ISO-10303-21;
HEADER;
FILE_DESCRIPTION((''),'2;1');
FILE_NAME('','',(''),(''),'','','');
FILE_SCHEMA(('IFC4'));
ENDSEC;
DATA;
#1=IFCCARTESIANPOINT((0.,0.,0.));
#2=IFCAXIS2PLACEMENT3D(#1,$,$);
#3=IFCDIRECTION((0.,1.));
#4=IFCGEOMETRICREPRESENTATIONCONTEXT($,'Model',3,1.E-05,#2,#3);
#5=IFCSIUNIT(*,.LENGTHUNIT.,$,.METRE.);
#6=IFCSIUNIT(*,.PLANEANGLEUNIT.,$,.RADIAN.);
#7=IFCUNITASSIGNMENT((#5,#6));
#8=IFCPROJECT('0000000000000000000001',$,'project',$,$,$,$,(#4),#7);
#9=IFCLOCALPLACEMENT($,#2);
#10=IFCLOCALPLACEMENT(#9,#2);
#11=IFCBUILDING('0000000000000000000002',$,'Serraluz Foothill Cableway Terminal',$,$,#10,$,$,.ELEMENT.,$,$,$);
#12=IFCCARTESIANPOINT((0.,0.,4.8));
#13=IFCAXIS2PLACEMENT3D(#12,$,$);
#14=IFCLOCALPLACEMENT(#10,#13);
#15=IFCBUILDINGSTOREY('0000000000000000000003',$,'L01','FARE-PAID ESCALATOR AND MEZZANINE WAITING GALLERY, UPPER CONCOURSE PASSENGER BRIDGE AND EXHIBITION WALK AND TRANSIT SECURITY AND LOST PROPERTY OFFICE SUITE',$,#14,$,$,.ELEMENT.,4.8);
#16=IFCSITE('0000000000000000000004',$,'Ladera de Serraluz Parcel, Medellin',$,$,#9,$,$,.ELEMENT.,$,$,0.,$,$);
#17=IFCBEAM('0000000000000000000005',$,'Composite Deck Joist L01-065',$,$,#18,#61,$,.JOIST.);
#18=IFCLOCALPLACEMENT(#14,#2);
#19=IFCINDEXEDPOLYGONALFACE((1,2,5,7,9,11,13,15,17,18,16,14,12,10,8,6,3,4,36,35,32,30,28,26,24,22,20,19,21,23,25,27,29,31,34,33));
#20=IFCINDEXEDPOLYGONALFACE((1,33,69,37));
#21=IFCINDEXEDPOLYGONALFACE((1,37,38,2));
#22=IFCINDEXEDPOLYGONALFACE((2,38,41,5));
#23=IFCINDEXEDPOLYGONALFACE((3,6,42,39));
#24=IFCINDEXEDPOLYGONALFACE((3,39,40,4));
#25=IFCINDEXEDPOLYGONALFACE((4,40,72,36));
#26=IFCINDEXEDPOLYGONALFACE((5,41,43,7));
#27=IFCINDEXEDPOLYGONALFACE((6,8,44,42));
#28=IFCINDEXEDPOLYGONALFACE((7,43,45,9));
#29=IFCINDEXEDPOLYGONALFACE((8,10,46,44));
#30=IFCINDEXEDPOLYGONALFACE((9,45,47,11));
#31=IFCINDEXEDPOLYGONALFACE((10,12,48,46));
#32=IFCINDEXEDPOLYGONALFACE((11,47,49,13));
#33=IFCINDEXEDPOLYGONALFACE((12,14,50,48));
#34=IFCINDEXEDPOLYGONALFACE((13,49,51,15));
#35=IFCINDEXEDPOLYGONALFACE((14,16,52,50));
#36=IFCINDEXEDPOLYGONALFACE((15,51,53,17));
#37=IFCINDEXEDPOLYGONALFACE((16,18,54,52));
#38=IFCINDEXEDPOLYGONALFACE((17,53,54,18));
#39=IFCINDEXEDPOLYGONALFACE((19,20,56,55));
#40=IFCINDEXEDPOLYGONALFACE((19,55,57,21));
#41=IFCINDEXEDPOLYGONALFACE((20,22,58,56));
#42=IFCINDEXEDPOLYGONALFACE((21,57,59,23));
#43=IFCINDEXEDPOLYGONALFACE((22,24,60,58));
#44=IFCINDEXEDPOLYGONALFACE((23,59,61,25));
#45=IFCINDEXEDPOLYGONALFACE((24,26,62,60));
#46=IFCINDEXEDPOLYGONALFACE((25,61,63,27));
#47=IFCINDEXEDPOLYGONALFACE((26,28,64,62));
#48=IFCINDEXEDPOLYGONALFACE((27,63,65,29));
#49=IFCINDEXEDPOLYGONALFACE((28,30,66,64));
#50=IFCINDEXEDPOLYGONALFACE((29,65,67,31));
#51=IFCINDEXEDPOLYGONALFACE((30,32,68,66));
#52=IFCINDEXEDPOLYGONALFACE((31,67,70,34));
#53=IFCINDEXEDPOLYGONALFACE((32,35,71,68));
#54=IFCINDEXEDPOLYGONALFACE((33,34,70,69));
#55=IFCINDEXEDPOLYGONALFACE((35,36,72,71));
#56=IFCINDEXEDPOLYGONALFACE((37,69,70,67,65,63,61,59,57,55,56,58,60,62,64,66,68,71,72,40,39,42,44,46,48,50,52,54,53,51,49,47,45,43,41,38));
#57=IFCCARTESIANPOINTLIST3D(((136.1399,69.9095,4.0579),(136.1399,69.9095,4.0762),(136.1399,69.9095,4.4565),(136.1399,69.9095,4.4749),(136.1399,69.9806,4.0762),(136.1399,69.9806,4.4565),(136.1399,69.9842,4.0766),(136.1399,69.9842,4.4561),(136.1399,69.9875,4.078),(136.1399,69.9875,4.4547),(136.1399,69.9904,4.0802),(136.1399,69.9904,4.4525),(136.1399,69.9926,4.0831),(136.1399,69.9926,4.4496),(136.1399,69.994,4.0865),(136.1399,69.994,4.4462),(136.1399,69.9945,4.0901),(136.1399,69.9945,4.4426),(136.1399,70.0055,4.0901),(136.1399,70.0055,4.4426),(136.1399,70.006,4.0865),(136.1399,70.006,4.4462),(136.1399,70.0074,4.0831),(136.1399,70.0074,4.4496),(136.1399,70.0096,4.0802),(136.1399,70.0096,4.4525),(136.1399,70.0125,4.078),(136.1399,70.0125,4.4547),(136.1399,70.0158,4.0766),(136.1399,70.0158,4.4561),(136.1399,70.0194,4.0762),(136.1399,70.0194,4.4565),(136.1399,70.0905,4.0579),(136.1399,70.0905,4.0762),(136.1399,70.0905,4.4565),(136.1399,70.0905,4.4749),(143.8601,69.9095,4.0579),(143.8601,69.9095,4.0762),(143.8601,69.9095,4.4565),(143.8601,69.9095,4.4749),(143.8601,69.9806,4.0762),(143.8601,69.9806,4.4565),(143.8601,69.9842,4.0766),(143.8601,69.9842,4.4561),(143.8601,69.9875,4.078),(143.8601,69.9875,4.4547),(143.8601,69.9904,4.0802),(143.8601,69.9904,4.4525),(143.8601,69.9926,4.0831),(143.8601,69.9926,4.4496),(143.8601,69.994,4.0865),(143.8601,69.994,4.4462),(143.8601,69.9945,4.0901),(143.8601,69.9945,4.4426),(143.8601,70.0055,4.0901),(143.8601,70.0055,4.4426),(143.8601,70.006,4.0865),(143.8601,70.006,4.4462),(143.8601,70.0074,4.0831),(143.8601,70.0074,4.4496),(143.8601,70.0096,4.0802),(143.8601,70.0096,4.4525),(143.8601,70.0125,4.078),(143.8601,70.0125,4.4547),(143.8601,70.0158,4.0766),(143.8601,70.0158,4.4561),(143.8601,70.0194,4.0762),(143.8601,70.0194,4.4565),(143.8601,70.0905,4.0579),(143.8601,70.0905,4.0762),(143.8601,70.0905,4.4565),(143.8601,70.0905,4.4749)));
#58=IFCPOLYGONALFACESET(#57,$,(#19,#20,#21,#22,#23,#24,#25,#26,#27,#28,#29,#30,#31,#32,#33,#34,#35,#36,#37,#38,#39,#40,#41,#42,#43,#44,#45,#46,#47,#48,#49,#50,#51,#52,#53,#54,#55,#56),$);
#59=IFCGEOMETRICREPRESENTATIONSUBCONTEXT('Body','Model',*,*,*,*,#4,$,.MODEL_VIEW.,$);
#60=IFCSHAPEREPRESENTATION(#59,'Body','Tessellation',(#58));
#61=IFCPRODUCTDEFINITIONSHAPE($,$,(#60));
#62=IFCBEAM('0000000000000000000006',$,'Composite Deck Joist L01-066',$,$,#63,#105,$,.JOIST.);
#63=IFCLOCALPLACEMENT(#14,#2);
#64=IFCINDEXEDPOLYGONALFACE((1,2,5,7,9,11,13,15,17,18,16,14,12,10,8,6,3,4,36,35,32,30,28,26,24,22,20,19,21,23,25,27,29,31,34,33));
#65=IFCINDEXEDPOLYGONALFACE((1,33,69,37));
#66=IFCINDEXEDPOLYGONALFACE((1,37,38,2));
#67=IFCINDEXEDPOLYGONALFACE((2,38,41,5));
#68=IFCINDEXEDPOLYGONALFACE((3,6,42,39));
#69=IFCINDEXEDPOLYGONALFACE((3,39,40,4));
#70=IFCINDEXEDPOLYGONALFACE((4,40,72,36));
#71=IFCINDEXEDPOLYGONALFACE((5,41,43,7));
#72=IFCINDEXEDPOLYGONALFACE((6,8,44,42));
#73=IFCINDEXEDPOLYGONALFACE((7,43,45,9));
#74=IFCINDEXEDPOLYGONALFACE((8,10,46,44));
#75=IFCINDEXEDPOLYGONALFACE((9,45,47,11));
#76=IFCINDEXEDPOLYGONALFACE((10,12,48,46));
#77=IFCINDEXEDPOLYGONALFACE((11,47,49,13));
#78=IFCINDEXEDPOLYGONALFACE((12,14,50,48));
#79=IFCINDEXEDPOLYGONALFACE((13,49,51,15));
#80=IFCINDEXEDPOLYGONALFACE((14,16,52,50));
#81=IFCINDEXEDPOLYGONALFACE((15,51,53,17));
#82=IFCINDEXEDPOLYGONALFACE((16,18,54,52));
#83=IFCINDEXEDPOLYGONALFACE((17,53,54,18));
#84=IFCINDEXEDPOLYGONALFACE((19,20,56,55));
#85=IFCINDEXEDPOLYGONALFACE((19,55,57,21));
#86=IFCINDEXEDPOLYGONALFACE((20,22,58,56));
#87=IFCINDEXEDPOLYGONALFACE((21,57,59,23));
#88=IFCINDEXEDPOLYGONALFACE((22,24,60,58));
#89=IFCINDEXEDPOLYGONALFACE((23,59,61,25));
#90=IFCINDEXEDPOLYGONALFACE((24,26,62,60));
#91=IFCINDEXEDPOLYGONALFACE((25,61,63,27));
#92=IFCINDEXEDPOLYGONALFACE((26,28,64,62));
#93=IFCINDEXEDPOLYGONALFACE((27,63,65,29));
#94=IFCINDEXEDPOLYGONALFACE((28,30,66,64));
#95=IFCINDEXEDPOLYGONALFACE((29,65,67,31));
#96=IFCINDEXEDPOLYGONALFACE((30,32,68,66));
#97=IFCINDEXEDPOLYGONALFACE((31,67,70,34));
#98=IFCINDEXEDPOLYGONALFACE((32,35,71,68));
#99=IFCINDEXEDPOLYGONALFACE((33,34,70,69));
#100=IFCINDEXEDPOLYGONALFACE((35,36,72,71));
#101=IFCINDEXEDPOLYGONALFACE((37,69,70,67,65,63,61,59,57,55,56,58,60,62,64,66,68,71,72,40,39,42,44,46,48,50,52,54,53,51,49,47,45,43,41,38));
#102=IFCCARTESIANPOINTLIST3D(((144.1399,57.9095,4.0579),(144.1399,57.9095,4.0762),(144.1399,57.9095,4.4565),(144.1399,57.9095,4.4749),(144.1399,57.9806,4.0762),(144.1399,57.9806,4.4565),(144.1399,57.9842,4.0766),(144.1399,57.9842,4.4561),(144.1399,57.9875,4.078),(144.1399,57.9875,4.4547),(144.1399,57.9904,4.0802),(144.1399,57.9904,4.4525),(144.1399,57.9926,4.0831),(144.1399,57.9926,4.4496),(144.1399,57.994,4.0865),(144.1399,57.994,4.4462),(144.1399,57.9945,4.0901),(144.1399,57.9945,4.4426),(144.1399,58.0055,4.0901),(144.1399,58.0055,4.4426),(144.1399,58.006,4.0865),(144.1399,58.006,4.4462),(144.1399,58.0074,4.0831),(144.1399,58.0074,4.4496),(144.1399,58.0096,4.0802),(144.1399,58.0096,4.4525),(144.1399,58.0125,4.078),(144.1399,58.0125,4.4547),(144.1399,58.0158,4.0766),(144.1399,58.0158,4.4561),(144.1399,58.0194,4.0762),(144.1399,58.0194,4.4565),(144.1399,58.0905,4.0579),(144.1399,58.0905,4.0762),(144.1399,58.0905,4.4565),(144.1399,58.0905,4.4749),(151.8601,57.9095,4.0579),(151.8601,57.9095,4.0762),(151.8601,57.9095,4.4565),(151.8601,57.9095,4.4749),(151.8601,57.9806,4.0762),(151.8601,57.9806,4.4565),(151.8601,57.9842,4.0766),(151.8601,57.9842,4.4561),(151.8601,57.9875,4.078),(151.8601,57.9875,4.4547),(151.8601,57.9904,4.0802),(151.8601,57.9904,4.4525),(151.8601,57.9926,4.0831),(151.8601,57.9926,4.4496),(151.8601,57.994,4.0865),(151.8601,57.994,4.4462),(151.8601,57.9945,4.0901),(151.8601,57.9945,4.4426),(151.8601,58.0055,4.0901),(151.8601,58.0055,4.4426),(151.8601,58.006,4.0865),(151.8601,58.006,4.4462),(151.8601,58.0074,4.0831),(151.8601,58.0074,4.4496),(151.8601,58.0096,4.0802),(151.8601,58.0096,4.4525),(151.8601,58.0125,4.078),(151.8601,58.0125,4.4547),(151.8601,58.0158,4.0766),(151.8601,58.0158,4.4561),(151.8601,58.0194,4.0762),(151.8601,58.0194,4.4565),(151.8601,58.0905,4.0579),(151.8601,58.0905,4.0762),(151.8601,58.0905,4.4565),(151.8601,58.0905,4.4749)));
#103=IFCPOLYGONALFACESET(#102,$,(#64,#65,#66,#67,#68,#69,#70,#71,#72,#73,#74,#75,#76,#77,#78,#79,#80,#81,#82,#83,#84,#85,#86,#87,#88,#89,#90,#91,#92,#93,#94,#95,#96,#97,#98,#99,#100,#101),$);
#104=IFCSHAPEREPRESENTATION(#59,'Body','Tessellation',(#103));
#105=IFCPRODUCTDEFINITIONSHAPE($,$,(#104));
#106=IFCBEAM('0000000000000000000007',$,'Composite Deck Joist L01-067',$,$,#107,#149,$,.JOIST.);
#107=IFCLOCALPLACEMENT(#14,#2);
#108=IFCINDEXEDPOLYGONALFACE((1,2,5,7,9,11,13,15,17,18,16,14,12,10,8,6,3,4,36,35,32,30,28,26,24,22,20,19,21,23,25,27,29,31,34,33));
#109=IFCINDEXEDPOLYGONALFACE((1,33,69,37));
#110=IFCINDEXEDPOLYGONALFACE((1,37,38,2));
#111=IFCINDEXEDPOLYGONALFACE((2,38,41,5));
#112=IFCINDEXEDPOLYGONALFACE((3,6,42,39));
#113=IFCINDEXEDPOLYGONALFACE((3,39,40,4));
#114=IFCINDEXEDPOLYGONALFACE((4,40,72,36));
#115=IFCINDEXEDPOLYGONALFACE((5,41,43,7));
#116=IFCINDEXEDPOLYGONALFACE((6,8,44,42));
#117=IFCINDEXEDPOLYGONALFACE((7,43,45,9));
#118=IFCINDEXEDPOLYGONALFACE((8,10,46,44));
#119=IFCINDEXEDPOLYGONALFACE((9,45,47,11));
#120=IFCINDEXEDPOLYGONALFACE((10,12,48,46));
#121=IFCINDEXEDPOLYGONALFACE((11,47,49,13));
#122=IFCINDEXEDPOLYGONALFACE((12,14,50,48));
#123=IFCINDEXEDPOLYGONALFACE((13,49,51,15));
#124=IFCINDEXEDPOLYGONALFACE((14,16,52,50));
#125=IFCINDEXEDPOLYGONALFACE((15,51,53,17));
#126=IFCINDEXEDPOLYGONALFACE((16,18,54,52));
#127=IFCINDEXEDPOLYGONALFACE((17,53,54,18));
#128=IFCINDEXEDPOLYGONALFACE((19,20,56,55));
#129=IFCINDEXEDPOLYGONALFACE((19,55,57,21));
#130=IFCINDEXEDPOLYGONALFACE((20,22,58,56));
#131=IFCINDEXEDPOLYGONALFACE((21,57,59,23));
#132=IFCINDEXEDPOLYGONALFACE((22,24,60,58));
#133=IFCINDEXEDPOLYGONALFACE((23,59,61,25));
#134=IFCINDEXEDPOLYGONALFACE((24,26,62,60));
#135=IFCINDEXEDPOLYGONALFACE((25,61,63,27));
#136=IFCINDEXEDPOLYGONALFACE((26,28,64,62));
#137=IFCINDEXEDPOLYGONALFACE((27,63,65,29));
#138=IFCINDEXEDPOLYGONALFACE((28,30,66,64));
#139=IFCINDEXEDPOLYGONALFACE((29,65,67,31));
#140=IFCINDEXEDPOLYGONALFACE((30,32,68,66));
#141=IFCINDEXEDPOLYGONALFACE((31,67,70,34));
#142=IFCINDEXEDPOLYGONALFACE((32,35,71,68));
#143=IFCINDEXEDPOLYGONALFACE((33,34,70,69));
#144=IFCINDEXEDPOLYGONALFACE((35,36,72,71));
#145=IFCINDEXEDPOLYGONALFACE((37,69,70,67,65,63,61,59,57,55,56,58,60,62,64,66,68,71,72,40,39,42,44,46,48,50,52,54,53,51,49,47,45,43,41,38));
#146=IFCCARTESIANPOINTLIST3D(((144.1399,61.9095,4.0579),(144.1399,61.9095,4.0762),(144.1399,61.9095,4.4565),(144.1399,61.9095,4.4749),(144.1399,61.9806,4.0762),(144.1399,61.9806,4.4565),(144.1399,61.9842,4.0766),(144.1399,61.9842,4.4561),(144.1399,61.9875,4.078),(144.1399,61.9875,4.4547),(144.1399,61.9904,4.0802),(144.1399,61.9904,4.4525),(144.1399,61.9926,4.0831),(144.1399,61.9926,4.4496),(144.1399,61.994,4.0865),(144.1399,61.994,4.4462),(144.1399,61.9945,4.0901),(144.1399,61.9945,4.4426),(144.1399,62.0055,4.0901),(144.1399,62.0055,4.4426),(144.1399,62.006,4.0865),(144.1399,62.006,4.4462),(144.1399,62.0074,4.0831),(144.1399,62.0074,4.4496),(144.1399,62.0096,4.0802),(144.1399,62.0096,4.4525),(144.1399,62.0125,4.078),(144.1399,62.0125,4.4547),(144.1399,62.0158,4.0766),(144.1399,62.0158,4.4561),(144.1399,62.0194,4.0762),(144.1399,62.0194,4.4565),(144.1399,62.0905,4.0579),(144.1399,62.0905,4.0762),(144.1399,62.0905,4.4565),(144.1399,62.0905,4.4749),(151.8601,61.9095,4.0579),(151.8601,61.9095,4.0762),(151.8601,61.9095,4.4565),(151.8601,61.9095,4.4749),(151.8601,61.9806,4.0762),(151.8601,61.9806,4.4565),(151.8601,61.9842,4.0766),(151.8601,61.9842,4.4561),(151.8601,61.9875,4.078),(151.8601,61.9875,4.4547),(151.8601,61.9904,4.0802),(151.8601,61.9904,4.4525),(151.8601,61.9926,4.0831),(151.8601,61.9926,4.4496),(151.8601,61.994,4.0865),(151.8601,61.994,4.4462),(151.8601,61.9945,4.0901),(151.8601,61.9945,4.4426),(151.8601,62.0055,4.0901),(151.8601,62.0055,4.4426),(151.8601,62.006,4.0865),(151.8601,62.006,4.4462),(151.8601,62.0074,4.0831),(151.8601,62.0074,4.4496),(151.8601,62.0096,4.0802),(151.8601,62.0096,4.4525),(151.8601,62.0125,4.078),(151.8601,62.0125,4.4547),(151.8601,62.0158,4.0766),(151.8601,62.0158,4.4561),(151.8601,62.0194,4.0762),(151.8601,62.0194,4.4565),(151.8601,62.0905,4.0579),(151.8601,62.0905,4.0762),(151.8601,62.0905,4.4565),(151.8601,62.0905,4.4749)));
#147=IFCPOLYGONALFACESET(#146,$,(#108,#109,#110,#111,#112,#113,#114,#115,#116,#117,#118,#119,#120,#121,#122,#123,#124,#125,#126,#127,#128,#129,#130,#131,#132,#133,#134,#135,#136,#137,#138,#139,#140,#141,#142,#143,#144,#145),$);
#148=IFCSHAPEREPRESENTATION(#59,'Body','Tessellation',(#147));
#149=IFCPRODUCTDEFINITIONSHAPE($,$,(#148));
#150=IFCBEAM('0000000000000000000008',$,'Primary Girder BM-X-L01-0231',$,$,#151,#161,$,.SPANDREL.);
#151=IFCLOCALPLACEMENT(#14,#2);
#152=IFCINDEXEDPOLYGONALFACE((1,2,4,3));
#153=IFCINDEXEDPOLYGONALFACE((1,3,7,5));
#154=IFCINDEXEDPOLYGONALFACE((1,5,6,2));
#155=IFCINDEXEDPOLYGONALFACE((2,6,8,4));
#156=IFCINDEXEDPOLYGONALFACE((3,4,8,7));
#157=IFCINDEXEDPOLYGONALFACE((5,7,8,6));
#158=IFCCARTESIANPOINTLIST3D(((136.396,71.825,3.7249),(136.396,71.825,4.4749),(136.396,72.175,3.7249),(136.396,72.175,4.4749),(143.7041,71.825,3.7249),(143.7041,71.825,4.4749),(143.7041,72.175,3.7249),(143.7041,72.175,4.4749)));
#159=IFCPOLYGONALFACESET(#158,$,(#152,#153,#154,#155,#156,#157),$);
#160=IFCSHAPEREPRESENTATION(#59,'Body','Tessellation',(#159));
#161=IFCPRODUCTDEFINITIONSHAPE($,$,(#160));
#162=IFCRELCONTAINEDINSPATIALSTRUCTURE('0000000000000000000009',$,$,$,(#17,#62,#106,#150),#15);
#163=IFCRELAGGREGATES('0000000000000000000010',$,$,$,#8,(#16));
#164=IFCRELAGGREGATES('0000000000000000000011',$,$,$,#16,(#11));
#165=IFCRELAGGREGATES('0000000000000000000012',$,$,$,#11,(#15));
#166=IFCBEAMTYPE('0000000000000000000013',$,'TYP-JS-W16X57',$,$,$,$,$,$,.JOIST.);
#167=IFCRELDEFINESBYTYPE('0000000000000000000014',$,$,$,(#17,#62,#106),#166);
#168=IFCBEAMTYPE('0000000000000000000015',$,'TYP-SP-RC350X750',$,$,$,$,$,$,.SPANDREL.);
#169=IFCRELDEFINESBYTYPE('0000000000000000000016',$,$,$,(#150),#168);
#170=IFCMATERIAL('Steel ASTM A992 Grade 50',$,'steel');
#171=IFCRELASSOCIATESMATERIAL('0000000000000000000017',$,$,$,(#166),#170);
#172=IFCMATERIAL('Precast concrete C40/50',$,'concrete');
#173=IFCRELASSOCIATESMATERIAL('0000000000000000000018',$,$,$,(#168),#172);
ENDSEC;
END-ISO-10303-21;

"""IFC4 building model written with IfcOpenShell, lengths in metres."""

from ifc_helpers import new_model, si_unit, direction, frame, origin, origin_2d, place, context, subcontext, project, spatial, rectangle, i_section, extrude, material, material_profile, profile_set, type_object, element, save


model = new_model("IFC4")

# Units and contexts
model_context = context("Model", 3, precision=1e-05, world=origin(), true_north=direction((0.0, 1.0)))
body_context = subcontext(model_context, "Body", "Model", "MODEL_VIEW")
ifc_project = project(units=[si_unit("LENGTHUNIT", "METRE"), si_unit("PLANEANGLEUNIT", "RADIAN")], contexts=[model_context])

# Site, building, storey
site_placement = place(None, origin())
site = spatial("IfcSite", under=ifc_project, at=site_placement, Name="Ladera de Serraluz Parcel, Medellin", CompositionType="ELEMENT", RefElevation=0.0)
building_placement = place(site_placement, origin())
building = spatial("IfcBuilding", under=site, at=building_placement, Name="Serraluz Foothill Cableway Terminal", CompositionType="ELEMENT")
storey_placement = place(building_placement, frame((0.0, 0.0, 4.8)))
storey = spatial("IfcBuildingStorey", under=building, at=storey_placement, Name="L01", Description="FARE-PAID ESCALATOR AND MEZZANINE WAITING GALLERY, UPPER CONCOURSE PASSENGER BRIDGE AND EXHIBITION WALK AND TRANSIT SECURITY AND LOST PROPERTY OFFICE SUITE", CompositionType="ELEMENT", Elevation=4.8)

# Beams
ifc_material_1 = material(Name="Steel ASTM A992 Grade 50", Category="steel")
ifc_material_profile_1 = material_profile(ifc_material_1, i_section(OverallWidth=0.1809, OverallDepth=0.417, WebThickness=0.011, FlangeThickness=0.0183, FilletRadius=0.0139, at=origin_2d()), Name="W16X57")
ifc_profile_set_1 = profile_set([ifc_material_profile_1], Name="Steel ASTM A992 Grade 50")
beam_type_1 = type_object("IfcBeamType", Name="TYP-JS-W16X57", PredefinedType="JOIST", material=ifc_profile_set_1)
for number, where, z_axis, x_axis, name in (
    (1, (136.1399, 70.0, 4.2664), (1.0, 0.0, 0.0), (0.0, 1.0, 0.0), "Composite Deck Joist L01-065"),
    (2, (144.1399, 58.0, 4.2664), (1.0, 0.0, 0.0), (0.0, 1.0, 0.0), "Composite Deck Joist L01-066"),
    (3, (144.1399, 62.0, 4.2664), (1.0, 0.0, 0.0), (0.0, 1.0, 0.0), "Composite Deck Joist L01-067"),
):
    element("IfcBeam", number, at=place(storey_placement, frame(where, z_axis=z_axis, x_axis=x_axis)), inside=storey, type_object=beam_type_1, Name=name, PredefinedType="JOIST", context=body_context, shape_type="SweptSolid", body=[
        extrude(i_section(OverallWidth=0.1809, OverallDepth=0.417, WebThickness=0.011, FlangeThickness=0.0183, FilletRadius=0.0139, at=origin_2d()), origin(), (0.0, 0.0, 1.0), 7.7202),
    ])
ifc_material_2 = material(Name="Precast concrete C40/50", Category="concrete")
ifc_material_profile_2 = material_profile(ifc_material_2, rectangle(XDim=0.3501, YDim=0.75, at=origin_2d()), Name="RC SP 350x750")
ifc_profile_set_2 = profile_set([ifc_material_profile_2], Name="Precast concrete C40/50")
beam_type_2 = type_object("IfcBeamType", Name="TYP-SP-RC350X750", PredefinedType="SPANDREL", material=ifc_profile_set_2)
beam_1_placement = place(storey_placement, frame((136.396, 72.0, 4.0999), z_axis=(1.0, 0.0, 0.0), x_axis=(0.0, 1.0, 0.0)))
element("IfcBeam", 4, at=beam_1_placement, inside=storey, type_object=beam_type_2, Name="Primary Girder BM-X-L01-0231", PredefinedType="SPANDREL", context=body_context, shape_type="SweptSolid", body=[
    extrude(rectangle(XDim=0.3501, YDim=0.75, at=origin_2d()), origin(), (0.0, 0.0, 1.0), 7.3081),
])

save(model, "model.ifc")
